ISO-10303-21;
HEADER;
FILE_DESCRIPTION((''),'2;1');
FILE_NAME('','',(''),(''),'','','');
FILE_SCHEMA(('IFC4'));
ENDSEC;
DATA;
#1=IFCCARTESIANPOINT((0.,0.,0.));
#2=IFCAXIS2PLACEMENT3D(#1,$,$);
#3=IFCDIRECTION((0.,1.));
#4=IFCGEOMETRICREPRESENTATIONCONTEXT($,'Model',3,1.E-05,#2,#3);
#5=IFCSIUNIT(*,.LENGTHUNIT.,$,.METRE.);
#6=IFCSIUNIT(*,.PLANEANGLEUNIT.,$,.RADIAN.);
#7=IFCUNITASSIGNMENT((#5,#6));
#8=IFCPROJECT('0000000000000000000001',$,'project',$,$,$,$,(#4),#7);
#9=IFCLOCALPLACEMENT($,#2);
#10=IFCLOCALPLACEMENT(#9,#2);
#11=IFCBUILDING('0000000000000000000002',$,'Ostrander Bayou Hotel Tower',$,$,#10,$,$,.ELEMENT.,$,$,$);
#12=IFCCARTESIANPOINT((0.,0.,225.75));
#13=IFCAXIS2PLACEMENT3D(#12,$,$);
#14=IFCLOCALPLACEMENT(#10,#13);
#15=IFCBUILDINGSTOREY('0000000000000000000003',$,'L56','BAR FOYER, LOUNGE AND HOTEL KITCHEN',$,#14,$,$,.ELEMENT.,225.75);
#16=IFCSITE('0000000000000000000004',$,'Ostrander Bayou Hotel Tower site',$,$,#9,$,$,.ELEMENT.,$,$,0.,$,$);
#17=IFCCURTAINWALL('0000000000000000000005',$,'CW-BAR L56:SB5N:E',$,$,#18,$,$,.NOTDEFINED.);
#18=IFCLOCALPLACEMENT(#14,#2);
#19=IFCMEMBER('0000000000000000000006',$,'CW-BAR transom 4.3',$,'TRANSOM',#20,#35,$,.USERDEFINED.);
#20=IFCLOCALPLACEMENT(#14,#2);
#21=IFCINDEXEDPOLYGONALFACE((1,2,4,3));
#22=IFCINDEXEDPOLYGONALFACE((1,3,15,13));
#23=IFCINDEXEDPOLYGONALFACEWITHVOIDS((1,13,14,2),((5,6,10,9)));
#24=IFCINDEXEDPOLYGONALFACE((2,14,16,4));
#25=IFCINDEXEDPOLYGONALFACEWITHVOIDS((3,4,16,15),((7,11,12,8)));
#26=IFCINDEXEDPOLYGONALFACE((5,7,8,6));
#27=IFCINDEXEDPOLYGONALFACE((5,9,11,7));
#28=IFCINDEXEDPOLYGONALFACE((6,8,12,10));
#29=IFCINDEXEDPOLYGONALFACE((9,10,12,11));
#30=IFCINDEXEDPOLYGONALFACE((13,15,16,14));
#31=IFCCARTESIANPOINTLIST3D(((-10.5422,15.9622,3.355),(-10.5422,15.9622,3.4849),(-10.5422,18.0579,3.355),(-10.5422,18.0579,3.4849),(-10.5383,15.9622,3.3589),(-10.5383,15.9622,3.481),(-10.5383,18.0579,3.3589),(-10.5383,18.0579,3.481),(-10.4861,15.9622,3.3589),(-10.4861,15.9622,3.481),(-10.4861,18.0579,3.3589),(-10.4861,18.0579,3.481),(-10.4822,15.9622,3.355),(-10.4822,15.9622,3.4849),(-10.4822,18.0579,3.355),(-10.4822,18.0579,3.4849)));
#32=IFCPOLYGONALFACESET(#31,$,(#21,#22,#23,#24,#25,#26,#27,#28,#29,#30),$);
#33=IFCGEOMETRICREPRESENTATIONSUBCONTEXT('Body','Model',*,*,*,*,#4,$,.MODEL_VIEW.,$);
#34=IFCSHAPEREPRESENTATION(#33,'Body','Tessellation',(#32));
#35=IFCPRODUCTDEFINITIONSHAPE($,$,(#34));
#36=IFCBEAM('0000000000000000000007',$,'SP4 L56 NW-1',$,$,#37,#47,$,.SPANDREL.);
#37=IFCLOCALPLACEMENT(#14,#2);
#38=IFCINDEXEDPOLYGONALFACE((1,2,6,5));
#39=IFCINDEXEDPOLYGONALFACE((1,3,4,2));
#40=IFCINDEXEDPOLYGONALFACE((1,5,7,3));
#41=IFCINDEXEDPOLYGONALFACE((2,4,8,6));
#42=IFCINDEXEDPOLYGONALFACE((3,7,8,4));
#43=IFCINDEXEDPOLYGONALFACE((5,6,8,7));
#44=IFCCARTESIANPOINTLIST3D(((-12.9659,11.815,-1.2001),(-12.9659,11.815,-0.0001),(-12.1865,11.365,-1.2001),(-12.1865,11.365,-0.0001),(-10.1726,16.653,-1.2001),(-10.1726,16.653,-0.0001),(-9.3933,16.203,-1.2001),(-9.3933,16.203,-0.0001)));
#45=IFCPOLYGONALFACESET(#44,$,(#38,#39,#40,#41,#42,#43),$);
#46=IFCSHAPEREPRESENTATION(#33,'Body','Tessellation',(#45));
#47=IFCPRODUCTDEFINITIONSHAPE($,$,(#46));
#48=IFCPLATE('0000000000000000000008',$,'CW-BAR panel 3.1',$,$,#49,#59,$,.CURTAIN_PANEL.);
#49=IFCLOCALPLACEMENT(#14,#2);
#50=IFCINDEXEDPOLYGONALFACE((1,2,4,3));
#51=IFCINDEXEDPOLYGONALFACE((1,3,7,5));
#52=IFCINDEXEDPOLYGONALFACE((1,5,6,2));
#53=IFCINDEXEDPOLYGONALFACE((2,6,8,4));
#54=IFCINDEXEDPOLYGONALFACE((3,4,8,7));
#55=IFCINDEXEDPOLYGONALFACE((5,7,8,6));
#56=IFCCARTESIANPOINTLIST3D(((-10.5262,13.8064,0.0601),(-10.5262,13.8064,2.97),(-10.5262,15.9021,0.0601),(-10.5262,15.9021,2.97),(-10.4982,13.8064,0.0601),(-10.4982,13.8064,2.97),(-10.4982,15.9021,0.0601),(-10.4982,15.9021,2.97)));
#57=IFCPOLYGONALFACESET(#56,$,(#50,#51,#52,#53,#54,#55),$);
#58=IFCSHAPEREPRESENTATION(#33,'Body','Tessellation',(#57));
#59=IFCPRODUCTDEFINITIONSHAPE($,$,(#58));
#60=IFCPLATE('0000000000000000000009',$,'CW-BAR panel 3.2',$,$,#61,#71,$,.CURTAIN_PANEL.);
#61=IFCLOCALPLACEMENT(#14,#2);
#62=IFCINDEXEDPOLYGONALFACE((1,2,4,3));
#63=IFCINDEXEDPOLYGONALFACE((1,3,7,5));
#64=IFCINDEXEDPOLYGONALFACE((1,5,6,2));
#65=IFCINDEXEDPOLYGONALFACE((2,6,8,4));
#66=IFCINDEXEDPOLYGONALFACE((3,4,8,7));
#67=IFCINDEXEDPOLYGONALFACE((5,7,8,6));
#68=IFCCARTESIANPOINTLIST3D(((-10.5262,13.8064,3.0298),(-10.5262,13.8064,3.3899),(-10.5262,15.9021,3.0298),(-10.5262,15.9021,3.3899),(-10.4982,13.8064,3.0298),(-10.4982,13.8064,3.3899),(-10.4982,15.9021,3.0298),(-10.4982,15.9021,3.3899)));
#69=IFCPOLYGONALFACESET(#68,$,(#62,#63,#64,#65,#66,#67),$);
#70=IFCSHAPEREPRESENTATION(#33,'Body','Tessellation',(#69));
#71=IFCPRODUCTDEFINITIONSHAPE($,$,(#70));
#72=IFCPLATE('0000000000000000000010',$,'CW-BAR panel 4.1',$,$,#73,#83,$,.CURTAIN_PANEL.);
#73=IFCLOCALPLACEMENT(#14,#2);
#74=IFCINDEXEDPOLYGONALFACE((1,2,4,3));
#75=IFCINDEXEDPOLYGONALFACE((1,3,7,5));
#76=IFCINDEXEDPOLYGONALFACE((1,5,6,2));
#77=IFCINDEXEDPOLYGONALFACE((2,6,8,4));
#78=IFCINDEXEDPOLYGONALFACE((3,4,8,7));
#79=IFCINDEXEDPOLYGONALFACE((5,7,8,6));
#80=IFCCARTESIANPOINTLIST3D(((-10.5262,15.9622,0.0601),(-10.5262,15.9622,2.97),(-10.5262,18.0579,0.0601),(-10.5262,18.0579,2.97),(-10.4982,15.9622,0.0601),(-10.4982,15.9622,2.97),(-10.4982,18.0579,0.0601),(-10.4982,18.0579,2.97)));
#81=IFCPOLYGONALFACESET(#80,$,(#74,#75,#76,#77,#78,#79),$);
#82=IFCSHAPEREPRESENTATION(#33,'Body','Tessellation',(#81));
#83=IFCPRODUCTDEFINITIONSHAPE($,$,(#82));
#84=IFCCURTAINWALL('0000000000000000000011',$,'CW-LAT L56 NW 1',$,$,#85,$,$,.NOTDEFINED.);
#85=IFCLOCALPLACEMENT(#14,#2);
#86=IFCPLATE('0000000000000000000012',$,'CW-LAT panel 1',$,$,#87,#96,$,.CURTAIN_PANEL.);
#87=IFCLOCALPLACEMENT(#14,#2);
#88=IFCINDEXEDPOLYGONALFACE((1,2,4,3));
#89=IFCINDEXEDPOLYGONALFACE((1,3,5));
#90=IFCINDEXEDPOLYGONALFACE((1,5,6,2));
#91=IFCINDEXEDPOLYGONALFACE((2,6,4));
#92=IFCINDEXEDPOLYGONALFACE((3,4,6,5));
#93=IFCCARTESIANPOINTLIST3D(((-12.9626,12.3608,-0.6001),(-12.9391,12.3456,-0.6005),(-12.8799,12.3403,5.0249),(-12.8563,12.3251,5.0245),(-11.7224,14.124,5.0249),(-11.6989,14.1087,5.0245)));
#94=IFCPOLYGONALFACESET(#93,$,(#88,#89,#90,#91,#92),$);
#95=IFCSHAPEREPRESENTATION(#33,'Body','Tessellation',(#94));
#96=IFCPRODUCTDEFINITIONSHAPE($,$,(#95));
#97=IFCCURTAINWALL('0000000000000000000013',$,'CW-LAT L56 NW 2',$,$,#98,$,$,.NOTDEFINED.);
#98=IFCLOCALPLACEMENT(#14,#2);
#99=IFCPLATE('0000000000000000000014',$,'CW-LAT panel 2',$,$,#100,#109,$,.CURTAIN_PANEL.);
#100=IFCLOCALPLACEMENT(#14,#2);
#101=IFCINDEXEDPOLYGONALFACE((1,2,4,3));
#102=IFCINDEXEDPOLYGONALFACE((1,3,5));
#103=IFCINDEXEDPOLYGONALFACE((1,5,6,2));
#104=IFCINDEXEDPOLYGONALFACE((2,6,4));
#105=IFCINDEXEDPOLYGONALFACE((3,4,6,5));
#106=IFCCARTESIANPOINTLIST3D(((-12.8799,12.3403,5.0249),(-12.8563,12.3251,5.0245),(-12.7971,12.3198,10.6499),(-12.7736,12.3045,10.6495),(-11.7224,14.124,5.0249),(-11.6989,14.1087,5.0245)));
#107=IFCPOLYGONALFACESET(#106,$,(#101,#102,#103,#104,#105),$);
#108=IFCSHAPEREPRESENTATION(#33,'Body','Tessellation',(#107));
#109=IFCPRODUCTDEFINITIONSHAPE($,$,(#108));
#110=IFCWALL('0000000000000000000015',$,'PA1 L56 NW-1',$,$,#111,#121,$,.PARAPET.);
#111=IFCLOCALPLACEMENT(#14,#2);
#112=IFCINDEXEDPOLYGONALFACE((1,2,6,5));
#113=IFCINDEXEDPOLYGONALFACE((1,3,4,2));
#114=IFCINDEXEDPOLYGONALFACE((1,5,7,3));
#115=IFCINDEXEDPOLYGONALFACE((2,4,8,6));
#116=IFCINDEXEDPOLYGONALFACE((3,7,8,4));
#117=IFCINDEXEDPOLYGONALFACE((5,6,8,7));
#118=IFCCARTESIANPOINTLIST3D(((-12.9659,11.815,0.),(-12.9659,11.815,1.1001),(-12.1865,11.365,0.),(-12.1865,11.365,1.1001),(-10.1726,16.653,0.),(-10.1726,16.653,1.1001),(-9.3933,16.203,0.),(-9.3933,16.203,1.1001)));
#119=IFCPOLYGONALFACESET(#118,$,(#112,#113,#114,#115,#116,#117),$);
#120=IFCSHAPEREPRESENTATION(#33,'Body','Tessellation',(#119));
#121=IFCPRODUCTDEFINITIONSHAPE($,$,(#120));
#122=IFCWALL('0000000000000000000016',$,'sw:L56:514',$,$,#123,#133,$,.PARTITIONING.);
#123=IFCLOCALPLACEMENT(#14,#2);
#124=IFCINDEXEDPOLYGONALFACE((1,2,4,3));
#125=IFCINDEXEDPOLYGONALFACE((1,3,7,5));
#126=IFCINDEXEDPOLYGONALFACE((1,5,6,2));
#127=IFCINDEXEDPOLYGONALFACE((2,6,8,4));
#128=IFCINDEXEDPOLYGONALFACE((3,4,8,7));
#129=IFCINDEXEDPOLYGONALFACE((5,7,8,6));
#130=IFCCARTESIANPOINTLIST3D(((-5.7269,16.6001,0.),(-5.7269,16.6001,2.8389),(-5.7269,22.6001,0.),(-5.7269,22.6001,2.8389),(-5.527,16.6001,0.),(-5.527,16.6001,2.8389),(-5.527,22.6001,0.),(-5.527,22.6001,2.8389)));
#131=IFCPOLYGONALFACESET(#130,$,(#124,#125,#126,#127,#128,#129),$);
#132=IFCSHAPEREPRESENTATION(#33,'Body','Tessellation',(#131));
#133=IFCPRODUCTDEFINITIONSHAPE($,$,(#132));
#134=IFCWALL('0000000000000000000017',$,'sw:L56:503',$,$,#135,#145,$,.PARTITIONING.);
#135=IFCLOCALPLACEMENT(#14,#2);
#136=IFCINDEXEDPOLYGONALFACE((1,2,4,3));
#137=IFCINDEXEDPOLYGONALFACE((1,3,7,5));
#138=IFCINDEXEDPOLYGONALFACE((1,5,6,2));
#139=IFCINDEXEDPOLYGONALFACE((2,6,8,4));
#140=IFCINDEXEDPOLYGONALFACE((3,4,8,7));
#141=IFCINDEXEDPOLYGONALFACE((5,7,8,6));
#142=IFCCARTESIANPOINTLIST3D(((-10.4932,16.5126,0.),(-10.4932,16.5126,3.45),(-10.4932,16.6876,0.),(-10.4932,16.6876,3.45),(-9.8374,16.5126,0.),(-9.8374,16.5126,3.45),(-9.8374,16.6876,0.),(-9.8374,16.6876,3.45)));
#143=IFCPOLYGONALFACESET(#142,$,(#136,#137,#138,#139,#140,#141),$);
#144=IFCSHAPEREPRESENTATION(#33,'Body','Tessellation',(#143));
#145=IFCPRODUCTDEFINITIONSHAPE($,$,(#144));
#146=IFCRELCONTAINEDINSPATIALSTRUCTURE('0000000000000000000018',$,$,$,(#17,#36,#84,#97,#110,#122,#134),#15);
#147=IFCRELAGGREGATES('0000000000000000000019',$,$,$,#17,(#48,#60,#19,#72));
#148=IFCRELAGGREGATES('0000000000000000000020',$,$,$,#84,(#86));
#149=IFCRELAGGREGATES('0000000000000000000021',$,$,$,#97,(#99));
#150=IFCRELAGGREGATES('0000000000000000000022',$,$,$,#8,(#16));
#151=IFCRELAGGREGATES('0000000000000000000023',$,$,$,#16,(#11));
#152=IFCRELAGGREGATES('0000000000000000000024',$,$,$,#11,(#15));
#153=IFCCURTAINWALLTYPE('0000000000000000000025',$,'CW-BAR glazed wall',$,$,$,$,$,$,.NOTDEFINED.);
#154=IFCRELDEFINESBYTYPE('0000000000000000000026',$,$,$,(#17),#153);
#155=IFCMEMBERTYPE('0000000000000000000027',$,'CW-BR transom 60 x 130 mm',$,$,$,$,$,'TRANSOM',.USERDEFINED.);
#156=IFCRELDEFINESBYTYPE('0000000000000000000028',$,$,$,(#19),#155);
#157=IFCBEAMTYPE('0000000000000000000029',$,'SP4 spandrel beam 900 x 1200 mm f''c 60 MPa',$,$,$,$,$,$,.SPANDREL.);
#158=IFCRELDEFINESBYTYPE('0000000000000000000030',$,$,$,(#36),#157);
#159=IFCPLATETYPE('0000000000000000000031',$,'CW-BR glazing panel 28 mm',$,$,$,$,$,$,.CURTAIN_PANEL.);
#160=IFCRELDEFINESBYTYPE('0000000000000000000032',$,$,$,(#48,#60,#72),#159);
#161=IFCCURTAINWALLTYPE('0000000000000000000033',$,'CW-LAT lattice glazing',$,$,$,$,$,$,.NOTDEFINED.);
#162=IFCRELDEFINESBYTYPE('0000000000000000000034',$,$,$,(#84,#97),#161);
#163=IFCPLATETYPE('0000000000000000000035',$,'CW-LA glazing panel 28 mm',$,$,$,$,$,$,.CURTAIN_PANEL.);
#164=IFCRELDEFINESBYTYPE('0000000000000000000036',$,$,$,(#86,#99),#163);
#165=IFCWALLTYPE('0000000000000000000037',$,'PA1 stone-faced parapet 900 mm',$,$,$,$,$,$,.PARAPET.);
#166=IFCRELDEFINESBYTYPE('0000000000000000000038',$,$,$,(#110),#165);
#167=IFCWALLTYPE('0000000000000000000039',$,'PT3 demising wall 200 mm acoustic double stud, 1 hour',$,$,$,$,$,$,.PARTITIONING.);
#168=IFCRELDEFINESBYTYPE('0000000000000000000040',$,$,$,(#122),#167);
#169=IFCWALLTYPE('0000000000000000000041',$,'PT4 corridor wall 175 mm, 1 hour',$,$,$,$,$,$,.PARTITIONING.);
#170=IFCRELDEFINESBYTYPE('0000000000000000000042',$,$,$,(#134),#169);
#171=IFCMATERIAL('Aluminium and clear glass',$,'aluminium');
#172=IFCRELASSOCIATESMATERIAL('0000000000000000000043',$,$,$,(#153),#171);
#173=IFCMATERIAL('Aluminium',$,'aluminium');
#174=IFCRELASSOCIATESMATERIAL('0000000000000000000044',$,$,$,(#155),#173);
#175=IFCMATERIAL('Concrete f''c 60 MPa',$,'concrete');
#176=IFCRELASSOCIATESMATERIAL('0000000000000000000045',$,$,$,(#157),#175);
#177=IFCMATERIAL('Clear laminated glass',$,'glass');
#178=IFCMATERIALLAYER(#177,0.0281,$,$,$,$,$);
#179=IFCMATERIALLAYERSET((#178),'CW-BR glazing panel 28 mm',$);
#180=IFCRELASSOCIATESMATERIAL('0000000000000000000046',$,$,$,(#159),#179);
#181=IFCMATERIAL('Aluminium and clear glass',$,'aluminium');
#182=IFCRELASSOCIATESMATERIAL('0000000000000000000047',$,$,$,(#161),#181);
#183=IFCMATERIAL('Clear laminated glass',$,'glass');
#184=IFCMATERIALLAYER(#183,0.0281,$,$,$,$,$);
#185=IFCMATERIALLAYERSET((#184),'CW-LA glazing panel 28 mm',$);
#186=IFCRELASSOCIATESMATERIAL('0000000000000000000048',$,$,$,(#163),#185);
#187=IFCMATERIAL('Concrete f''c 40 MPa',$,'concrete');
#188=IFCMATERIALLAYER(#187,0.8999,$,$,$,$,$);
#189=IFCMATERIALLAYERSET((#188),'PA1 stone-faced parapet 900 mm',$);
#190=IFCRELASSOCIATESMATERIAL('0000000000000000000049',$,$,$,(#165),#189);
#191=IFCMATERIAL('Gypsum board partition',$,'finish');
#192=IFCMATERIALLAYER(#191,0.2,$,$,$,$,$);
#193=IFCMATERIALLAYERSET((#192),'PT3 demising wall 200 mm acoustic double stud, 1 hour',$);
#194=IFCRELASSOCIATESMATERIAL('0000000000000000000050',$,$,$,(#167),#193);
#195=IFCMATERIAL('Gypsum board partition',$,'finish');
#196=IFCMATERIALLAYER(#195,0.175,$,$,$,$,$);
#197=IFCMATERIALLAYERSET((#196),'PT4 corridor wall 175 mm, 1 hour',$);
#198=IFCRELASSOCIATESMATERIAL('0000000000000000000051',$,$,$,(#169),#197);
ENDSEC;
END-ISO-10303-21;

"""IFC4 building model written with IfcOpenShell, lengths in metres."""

from ifc_helpers import new_model, si_unit, direction, frame, frame_2d, origin, origin_2d, place, context, subcontext, project, spatial, polyline, rectangle, hollow_rectangle, outline, extrude, material, layer, layer_set, material_profile, profile_set, type_object, element, aggregate, save


model = new_model("IFC4")

# Units and contexts
model_context = context("Model", 3, precision=1e-05, world=origin(), true_north=direction((0.0, 1.0)))
body_context = subcontext(model_context, "Body", "Model", "MODEL_VIEW")
ifc_project = project(units=[si_unit("LENGTHUNIT", "METRE"), si_unit("PLANEANGLEUNIT", "RADIAN")], contexts=[model_context])

# Site, building, storey
site_placement = place(None, origin())
site = spatial("IfcSite", under=ifc_project, at=site_placement, Name="Ostrander Bayou Hotel Tower site", CompositionType="ELEMENT", RefElevation=0.0)
building_placement = place(site_placement, origin())
building = spatial("IfcBuilding", under=site, at=building_placement, Name="Ostrander Bayou Hotel Tower", CompositionType="ELEMENT")
storey_placement = place(building_placement, frame((0.0, 0.0, 225.75)))
storey = spatial("IfcBuildingStorey", under=building, at=storey_placement, Name="L56", Description="BAR FOYER, LOUNGE AND HOTEL KITCHEN", CompositionType="ELEMENT", Elevation=225.75)

# Curtain wall, member
ifc_material_1 = material(Name="Aluminium and clear glass", Category="aluminium")
curtain_wall_type_1 = type_object("IfcCurtainWallType", Name="CW-BAR glazed wall", PredefinedType="NOTDEFINED", material=ifc_material_1)
curtain_wall_1_placement = place(storey_placement, origin())
curtain_wall_1 = element("IfcCurtainWall", 1, at=curtain_wall_1_placement, inside=storey, type_object=curtain_wall_type_1, Name="CW-BAR L56:SB5N:E", PredefinedType="NOTDEFINED")
ifc_material_2 = material(Name="Aluminium", Category="aluminium")
ifc_material_profile_1 = material_profile(ifc_material_2, hollow_rectangle(XDim=0.0601, YDim=0.1299, WallThickness=0.0039, at=origin_2d()))
ifc_profile_set_1 = profile_set([ifc_material_profile_1], Name="Aluminium")
member_type_1 = type_object("IfcMemberType", Name="CW-BR transom 60 x 130 mm", ElementType="TRANSOM", PredefinedType="USERDEFINED", material=ifc_profile_set_1)
member_1_placement = place(storey_placement, frame((-10.5122, 15.9622, 3.4199), z_axis=(0.0, 1.0, 0.0), x_axis=(-1.0, 0.0, 0.0)))
member_1 = element("IfcMember", 2, at=member_1_placement, type_object=member_type_1, Name="CW-BAR transom 4.3", ObjectType="TRANSOM", PredefinedType="USERDEFINED", context=body_context, shape_type="SweptSolid", body=[
    extrude(hollow_rectangle(XDim=0.0601, YDim=0.1299, WallThickness=0.0039, at=origin_2d()), origin(), (0.0, 0.0, 1.0), 2.0957),
])

# Beam
ifc_material_3 = material(Name="Concrete f'c 60 MPa", Category="concrete")
ifc_material_profile_2 = material_profile(ifc_material_3, rectangle(XDim=0.8999, YDim=1.2, at=origin_2d()))
ifc_profile_set_2 = profile_set([ifc_material_profile_2], Name="Concrete f'c 60 MPa")
beam_type = type_object("IfcBeamType", Name="SP4 spandrel beam 900 x 1200 mm f'c 60 MPa", PredefinedType="SPANDREL", material=ifc_profile_set_2)
beam_placement = place(storey_placement, frame((-9.783, 16.428, -0.6001), z_axis=(-0.500007, -0.866021, 0.0), x_axis=(0.866021, -0.500007, 0.0)))
element("IfcBeam", 3, at=beam_placement, inside=storey, type_object=beam_type, Name="SP4 L56 NW-1", PredefinedType="SPANDREL", context=body_context, shape_type="SweptSolid", body=[
    extrude(rectangle(XDim=0.8999, YDim=1.2, at=origin_2d()), origin(), (0.0, 0.0, 1.0), 5.5864),
])

# Plates
ifc_material_4 = material(Name="Clear laminated glass", Category="glass")
ifc_layer_1 = layer(ifc_material_4, 0.0281)
ifc_layer_set_1 = layer_set([ifc_layer_1], Name="CW-BR glazing panel 28 mm")
plate_type_1 = type_object("IfcPlateType", Name="CW-BR glazing panel 28 mm", PredefinedType="CURTAIN_PANEL", material=ifc_layer_set_1)
plate_1_placement = place(storey_placement, frame((-10.5122, 14.8542, 0.0601), z_axis=(0.0, 0.0, 1.0), x_axis=(0.0, 1.0, 0.0)))
plate_1 = element("IfcPlate", 4, at=plate_1_placement, type_object=plate_type_1, Name="CW-BAR panel 3.1", PredefinedType="CURTAIN_PANEL", context=body_context, shape_type="SweptSolid", body=[
    extrude(rectangle(XDim=2.0957, YDim=0.0281, at=origin_2d()), origin(), (0.0, 0.0, 1.0), 2.9099),
])
plate_2_placement = place(storey_placement, frame((-10.5122, 14.8542, 3.0298), z_axis=(0.0, 0.0, 1.0), x_axis=(0.0, 1.0, 0.0)))
plate_2 = element("IfcPlate", 5, at=plate_2_placement, type_object=plate_type_1, Name="CW-BAR panel 3.2", PredefinedType="CURTAIN_PANEL", context=body_context, shape_type="SweptSolid", body=[
    extrude(rectangle(XDim=2.0957, YDim=0.0281, at=origin_2d()), origin(), (0.0, 0.0, 1.0), 0.3601),
])
plate_3_placement = place(storey_placement, frame((-10.5122, 17.01, 0.0601), z_axis=(0.0, 0.0, 1.0), x_axis=(0.0, 1.0, 0.0)))
plate_3 = element("IfcPlate", 6, at=plate_3_placement, type_object=plate_type_1, Name="CW-BAR panel 4.1", PredefinedType="CURTAIN_PANEL", context=body_context, shape_type="SweptSolid", body=[
    extrude(rectangle(XDim=2.0957, YDim=0.0281, at=origin_2d()), origin(), (0.0, 0.0, 1.0), 2.9099),
])
aggregate(curtain_wall_1, [plate_1, plate_2, member_1, plate_3])

# Curtain walls, plates
ifc_material_5 = material(Name="Aluminium and clear glass", Category="aluminium")
curtain_wall_type_2 = type_object("IfcCurtainWallType", Name="CW-LAT lattice glazing", PredefinedType="NOTDEFINED", material=ifc_material_5)
curtain_wall_2_placement = place(storey_placement, origin())
curtain_wall_2 = element("IfcCurtainWall", 7, at=curtain_wall_2_placement, inside=storey, type_object=curtain_wall_type_2, Name="CW-LAT L56 NW 1", PredefinedType="NOTDEFINED")
ifc_material_6 = material(Name="Clear laminated glass", Category="glass")
ifc_layer_2 = layer(ifc_material_6, 0.0281)
ifc_layer_set_2 = layer_set([ifc_layer_2], Name="CW-LA glazing panel 28 mm")
plate_type_2 = type_object("IfcPlateType", Name="CW-LA glazing panel 28 mm", PredefinedType="CURTAIN_PANEL", material=ifc_layer_set_2)
plate_4_placement = place(storey_placement, frame((-11.7224, 14.124, 5.0249), z_axis=(-0.838772, 0.544295, 0.014326), x_axis=(-0.205885, -0.292697, -0.933777)))
plate_4 = element("IfcPlate", 8, at=plate_4_placement, type_object=plate_type_2, Name="CW-LAT panel 1", PredefinedType="CURTAIN_PANEL", context=body_context, shape_type="SweptSolid", body=[
    extrude(outline(polyline([(0.0, 0.0), (6.0239, 0.0), (0.7604, 1.9857), (0.0, 0.0)])), origin(), (0.0, 0.0, -1.0), 0.0281),
])
aggregate(curtain_wall_2, [plate_4])
curtain_wall_3_placement = place(storey_placement, origin())
curtain_wall_3 = element("IfcCurtainWall", 9, at=curtain_wall_3_placement, inside=storey, type_object=curtain_wall_type_2, Name="CW-LAT L56 NW 2", PredefinedType="NOTDEFINED")
plate_5_placement = place(storey_placement, frame((-11.7224, 14.124, 5.0249), z_axis=(-0.838772, 0.544295, 0.014326), x_axis=(-0.178992, -0.300488, 0.93684)))
plate_5 = element("IfcPlate", 10, at=plate_5_placement, type_object=plate_type_2, Name="CW-LAT panel 2", PredefinedType="CURTAIN_PANEL", context=body_context, shape_type="SweptSolid", body=[
    extrude(outline(polyline([(0.0, 0.0), (6.0042, 0.0), (0.7432, -1.9922), (0.0, 0.0)])), origin(), (0.0, 0.0, -1.0), 0.0281),
])
aggregate(curtain_wall_3, [plate_5])

# Walls
ifc_material_7 = material(Name="Concrete f'c 40 MPa", Category="concrete")
ifc_layer_3 = layer(ifc_material_7, 0.8999)
ifc_layer_set_3 = layer_set([ifc_layer_3], Name="PA1 stone-faced parapet 900 mm")
wall_type_1 = type_object("IfcWallType", Name="PA1 stone-faced parapet 900 mm", PredefinedType="PARAPET", material=ifc_layer_set_3)
wall_1_placement = place(storey_placement, frame((-9.783, 16.428, 0.0), z_axis=(0.0, 0.0, 1.0), x_axis=(-0.500007, -0.866021, 0.0)))
element("IfcWall", 11, at=wall_1_placement, inside=storey, type_object=wall_type_1, Name="PA1 L56 NW-1", PredefinedType="PARAPET", context=body_context, shape_type="SweptSolid", body=[
    extrude(rectangle(XDim=5.5864, YDim=0.8999, at=frame_2d((2.7932, 0.0))), origin(), (0.0, 0.0, 1.0), 1.1001),
])
ifc_material_8 = material(Name="Gypsum board partition", Category="finish")
ifc_layer_4 = layer(ifc_material_8, 0.2)
ifc_layer_set_4 = layer_set([ifc_layer_4], Name="PT3 demising wall 200 mm acoustic double stud, 1 hour")
wall_type_2 = type_object("IfcWallType", Name="PT3 demising wall 200 mm acoustic double stud, 1 hour", PredefinedType="PARTITIONING", material=ifc_layer_set_4)
wall_2_placement = place(storey_placement, frame((-5.627, 16.6001, 0.0), z_axis=(0.0, 0.0, 1.0), x_axis=(0.0, 1.0, 0.0)))
element("IfcWall", 12, at=wall_2_placement, inside=storey, type_object=wall_type_2, Name="sw:L56:514", PredefinedType="PARTITIONING", context=body_context, shape_type="SweptSolid", body=[
    extrude(rectangle(XDim=6.0, YDim=0.2, at=frame_2d((3.0, 0.0))), origin(), (0.0, 0.0, 1.0), 2.8389),
])

# Wall
ifc_material_9 = material(Name="Gypsum board partition", Category="finish")
ifc_layer_5 = layer(ifc_material_9, 0.175)
ifc_layer_set_5 = layer_set([ifc_layer_5], Name="PT4 corridor wall 175 mm, 1 hour")
wall_type_3 = type_object("IfcWallType", Name="PT4 corridor wall 175 mm, 1 hour", PredefinedType="PARTITIONING", material=ifc_layer_set_5)
wall_3_placement = place(storey_placement, frame((-10.4932, 16.6001, 0.0), z_axis=(0.0, 0.0, 1.0), x_axis=(1.0, 0.0, 0.0)))
element("IfcWall", 13, at=wall_3_placement, inside=storey, type_object=wall_type_3, Name="sw:L56:503", PredefinedType="PARTITIONING", context=body_context, shape_type="SweptSolid", body=[
    extrude(rectangle(XDim=0.6558, YDim=0.175, at=frame_2d((0.3279, 0.0))), origin(), (0.0, 0.0, 1.0), 3.45),
])

save(model, "model.ifc")
